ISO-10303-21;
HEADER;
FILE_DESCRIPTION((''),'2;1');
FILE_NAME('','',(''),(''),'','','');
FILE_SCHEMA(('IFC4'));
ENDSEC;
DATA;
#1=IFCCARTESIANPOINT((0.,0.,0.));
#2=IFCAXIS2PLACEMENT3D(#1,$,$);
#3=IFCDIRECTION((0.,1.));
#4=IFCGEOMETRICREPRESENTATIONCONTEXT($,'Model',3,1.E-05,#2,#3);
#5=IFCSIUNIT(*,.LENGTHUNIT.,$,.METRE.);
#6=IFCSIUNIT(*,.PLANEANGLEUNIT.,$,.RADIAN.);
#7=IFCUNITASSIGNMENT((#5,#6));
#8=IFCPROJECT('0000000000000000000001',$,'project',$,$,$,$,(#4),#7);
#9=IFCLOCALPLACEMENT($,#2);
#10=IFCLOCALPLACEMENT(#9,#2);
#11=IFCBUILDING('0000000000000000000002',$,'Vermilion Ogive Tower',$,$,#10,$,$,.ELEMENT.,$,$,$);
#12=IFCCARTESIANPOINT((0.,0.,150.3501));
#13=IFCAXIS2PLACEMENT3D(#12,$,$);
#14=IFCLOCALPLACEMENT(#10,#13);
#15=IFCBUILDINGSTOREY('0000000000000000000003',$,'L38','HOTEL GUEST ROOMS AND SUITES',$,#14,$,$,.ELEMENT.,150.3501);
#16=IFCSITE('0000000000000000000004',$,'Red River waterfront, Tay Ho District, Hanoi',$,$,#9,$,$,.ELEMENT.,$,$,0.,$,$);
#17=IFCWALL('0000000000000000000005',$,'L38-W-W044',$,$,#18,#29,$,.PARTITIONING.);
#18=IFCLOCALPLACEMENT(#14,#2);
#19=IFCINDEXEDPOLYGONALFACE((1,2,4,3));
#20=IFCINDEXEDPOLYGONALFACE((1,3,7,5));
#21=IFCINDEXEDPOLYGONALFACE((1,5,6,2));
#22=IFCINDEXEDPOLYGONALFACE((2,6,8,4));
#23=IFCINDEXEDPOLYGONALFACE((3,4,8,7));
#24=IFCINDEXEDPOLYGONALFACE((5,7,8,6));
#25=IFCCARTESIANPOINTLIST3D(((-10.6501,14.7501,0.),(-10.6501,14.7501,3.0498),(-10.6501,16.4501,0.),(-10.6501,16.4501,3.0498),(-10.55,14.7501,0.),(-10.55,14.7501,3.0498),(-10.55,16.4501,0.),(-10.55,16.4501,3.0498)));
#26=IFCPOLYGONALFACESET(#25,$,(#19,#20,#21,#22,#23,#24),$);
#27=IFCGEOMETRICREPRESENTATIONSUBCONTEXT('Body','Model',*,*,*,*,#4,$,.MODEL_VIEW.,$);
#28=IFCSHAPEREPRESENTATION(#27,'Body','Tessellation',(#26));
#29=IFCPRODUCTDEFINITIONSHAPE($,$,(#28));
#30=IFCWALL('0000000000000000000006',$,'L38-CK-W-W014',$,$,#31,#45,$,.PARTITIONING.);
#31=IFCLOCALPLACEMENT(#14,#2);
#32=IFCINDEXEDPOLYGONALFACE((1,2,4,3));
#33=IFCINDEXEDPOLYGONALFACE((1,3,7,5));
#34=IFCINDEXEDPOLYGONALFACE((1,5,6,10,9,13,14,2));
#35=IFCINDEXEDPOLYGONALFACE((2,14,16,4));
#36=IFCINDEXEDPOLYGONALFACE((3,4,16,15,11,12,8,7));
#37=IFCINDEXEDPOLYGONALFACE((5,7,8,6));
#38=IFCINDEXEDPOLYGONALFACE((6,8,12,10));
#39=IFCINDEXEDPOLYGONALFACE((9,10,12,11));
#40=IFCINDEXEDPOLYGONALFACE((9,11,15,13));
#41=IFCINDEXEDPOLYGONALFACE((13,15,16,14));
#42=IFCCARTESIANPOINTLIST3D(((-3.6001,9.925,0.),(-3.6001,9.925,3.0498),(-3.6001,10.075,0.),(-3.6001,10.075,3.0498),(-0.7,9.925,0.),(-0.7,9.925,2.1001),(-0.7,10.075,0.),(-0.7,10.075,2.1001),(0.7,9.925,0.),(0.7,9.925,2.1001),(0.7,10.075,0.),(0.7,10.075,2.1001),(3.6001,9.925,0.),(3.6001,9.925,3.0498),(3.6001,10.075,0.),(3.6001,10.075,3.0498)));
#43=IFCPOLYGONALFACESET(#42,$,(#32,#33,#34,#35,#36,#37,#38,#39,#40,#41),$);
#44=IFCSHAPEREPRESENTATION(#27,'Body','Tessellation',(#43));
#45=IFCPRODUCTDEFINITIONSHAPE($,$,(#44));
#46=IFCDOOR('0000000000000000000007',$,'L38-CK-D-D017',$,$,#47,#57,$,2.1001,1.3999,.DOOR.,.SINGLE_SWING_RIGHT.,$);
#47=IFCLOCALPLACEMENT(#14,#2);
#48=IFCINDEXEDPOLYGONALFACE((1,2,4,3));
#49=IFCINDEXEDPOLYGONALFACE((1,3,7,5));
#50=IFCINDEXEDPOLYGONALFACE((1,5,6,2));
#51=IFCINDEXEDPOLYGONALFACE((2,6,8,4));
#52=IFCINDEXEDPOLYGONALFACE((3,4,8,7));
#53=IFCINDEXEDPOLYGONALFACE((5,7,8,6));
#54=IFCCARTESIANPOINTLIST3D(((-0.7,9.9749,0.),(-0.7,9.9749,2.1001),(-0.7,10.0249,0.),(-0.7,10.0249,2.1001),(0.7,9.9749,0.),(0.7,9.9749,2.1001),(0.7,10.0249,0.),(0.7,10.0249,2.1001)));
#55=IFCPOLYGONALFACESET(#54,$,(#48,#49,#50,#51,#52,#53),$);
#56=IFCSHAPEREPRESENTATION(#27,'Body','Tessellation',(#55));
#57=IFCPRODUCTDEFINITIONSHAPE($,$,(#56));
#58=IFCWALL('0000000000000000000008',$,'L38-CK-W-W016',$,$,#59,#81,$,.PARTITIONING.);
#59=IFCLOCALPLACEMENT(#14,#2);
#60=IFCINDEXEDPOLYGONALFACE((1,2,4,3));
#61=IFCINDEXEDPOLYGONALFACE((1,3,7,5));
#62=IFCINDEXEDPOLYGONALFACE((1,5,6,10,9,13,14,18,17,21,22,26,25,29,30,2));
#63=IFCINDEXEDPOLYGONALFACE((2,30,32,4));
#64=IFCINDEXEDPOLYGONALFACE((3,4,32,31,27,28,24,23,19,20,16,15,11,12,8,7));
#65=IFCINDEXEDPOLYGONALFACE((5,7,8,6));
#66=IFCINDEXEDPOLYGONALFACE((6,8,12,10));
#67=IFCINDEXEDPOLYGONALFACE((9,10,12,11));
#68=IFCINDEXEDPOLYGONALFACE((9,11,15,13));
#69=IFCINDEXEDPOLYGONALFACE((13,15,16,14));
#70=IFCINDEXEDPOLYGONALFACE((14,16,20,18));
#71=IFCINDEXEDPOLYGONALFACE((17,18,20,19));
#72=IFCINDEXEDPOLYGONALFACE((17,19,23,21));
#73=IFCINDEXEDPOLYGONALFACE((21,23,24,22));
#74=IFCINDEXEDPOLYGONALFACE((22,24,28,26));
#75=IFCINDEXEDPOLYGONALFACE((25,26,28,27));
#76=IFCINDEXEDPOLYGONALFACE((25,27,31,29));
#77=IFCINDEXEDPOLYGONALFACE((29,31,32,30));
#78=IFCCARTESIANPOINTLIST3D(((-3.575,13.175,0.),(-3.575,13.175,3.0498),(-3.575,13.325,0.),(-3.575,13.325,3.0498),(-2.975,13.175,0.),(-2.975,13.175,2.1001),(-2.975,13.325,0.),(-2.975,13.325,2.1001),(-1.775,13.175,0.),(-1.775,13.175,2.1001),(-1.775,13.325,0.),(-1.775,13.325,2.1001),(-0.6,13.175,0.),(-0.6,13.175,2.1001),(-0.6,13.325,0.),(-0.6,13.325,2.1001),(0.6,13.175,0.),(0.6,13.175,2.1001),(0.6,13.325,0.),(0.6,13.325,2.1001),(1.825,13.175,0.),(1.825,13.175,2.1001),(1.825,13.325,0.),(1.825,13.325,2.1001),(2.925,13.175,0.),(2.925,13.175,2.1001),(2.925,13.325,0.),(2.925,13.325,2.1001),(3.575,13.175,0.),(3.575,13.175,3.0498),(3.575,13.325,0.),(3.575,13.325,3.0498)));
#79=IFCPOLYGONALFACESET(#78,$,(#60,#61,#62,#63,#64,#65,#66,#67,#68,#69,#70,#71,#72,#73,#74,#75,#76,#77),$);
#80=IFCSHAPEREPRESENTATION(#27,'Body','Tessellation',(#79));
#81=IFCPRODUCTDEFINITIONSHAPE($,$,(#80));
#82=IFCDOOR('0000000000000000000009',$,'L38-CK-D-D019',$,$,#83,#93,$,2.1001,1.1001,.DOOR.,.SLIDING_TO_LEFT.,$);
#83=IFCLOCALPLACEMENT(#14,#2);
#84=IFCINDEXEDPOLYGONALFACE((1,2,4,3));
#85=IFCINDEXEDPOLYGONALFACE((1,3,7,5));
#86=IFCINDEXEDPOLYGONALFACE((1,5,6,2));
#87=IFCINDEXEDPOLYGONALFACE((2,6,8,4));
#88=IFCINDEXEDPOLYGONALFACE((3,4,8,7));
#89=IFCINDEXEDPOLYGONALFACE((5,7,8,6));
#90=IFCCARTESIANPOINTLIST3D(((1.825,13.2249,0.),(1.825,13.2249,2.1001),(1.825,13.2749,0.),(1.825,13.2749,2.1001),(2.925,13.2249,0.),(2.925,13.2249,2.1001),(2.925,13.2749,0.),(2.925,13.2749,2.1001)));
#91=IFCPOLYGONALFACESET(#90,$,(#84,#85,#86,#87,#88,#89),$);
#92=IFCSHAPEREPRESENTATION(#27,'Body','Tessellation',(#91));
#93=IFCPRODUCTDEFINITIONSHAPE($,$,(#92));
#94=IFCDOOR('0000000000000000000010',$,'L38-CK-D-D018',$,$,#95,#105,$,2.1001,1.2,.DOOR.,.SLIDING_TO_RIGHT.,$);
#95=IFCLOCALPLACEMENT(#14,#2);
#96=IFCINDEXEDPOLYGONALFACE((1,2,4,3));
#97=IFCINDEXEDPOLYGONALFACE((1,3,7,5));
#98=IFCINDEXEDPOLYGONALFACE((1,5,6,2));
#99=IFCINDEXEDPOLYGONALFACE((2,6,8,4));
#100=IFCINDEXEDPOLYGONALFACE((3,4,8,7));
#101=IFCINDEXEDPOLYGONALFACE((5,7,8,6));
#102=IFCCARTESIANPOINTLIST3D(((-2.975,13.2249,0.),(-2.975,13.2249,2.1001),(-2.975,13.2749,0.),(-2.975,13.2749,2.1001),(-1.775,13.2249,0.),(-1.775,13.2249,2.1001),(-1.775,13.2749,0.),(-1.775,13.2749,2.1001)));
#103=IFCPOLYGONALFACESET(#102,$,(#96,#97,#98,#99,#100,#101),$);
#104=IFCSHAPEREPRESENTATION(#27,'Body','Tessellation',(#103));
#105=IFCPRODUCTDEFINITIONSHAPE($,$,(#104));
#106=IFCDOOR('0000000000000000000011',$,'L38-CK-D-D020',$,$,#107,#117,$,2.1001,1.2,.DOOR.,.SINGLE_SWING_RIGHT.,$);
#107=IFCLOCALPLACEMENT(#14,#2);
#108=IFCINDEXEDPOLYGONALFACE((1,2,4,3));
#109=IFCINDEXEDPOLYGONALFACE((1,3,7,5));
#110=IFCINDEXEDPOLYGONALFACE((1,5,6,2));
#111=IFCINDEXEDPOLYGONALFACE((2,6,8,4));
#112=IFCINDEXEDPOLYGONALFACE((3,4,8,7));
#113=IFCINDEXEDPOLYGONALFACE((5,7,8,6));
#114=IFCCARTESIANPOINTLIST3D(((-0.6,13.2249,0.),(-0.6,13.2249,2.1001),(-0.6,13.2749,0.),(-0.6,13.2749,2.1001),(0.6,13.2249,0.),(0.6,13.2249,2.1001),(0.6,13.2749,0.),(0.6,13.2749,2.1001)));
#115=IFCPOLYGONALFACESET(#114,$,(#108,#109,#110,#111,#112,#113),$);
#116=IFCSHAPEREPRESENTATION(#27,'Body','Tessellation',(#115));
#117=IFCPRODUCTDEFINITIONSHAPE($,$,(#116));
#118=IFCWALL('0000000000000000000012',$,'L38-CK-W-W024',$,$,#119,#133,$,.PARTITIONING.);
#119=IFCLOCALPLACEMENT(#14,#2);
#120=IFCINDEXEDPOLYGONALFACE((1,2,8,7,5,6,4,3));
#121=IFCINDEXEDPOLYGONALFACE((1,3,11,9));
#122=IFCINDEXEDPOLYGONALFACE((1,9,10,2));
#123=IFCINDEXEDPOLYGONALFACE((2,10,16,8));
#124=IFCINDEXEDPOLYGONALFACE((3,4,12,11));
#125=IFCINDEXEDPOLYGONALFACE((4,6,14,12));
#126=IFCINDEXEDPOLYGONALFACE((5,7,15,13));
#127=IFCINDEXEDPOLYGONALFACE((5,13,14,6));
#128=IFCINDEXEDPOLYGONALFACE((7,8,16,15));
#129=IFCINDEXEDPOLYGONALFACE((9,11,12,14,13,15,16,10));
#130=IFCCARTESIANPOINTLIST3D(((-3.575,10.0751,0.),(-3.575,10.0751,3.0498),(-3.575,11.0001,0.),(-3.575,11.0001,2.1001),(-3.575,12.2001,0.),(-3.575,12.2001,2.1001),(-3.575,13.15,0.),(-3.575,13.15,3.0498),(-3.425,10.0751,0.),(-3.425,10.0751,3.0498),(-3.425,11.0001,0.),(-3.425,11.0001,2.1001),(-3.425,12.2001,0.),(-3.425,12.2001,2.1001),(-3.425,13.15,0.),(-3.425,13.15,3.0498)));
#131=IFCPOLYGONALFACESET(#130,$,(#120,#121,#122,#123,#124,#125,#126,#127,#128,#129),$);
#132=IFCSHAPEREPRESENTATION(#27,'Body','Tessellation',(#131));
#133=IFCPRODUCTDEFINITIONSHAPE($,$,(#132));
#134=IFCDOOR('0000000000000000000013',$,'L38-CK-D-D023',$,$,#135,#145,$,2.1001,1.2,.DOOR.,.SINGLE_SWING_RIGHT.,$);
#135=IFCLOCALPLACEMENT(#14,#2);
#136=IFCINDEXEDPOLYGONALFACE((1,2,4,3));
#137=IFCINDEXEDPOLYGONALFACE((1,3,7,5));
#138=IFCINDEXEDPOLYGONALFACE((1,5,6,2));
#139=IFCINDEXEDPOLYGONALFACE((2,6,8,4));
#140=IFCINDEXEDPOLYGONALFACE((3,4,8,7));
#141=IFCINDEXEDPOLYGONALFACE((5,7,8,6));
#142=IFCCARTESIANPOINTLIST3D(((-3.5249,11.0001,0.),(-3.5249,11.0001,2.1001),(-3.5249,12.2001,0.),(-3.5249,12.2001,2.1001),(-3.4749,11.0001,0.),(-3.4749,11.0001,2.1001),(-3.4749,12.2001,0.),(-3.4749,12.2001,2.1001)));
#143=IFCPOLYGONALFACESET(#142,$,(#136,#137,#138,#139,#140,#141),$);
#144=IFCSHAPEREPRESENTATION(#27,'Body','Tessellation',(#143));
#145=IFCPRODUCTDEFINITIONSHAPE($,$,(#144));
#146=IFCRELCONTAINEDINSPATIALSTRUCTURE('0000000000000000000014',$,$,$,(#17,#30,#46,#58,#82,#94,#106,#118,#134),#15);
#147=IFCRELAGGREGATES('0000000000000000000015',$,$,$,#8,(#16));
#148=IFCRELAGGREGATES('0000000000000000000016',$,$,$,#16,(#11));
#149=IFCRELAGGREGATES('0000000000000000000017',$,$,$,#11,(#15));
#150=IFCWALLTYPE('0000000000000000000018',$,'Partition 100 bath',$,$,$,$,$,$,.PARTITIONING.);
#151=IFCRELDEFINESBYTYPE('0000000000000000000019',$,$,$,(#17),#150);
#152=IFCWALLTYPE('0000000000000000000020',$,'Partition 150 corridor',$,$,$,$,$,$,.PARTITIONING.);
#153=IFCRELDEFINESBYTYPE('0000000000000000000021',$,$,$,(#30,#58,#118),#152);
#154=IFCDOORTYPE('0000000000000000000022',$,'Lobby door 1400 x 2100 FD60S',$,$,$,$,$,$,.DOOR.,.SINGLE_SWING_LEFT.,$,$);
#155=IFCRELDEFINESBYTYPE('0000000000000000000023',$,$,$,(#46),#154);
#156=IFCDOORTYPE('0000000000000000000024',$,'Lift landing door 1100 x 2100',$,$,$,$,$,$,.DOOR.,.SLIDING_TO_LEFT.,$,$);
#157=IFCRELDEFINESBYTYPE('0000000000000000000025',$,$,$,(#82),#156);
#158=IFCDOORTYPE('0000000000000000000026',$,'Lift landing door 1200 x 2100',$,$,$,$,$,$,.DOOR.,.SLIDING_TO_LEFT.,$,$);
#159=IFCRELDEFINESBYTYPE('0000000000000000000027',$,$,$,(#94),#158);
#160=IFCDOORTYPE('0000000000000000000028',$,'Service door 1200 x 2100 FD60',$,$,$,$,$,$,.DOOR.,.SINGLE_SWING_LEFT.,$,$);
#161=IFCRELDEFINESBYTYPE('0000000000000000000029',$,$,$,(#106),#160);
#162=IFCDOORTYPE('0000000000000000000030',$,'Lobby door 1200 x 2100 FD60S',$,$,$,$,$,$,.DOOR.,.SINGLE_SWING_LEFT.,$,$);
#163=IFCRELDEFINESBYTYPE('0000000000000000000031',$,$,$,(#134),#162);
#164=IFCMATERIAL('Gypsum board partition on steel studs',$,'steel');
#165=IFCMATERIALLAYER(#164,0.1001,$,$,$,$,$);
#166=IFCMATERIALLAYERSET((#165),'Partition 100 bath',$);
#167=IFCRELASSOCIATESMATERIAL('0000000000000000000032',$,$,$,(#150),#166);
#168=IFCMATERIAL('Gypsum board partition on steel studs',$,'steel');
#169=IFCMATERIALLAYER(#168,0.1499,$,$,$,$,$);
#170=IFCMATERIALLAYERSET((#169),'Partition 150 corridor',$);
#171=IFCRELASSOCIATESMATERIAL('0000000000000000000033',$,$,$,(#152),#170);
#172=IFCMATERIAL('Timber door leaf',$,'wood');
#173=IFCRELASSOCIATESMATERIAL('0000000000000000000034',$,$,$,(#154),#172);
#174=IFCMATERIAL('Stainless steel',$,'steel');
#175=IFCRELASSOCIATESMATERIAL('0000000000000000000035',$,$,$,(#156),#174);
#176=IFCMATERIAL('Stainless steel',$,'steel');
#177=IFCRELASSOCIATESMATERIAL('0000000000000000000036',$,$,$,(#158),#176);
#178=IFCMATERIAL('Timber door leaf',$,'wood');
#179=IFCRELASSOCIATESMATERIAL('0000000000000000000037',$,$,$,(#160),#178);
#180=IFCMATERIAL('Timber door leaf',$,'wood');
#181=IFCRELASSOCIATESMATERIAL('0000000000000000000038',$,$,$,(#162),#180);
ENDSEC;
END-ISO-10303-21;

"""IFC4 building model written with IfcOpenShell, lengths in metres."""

from ifc_helpers import new_model, si_unit, direction, frame, frame_2d, origin, place, context, subcontext, project, spatial, rectangle, extrude, material, layer, layer_set, type_object, element, fill, save


model = new_model("IFC4")

# Units and contexts
model_context = context("Model", 3, precision=1e-05, world=origin(), true_north=direction((0.0, 1.0)))
body_context = subcontext(model_context, "Body", "Model", "MODEL_VIEW")
ifc_project = project(units=[si_unit("LENGTHUNIT", "METRE"), si_unit("PLANEANGLEUNIT", "RADIAN")], contexts=[model_context])

# Site, building, storey
site_placement = place(None, origin())
site = spatial("IfcSite", under=ifc_project, at=site_placement, Name="Red River waterfront, Tay Ho District, Hanoi", CompositionType="ELEMENT", RefElevation=0.0)
building_placement = place(site_placement, origin())
building = spatial("IfcBuilding", under=site, at=building_placement, Name="Vermilion Ogive Tower", CompositionType="ELEMENT")
storey_placement = place(building_placement, frame((0.0, 0.0, 150.3501)))
storey = spatial("IfcBuildingStorey", under=building, at=storey_placement, Name="L38", Description="HOTEL GUEST ROOMS AND SUITES", CompositionType="ELEMENT", Elevation=150.3501)

# Wall
ifc_material_1 = material(Name="Gypsum board partition on steel studs", Category="steel")
ifc_layer_1 = layer(ifc_material_1, 0.1001)
ifc_layer_set_1 = layer_set([ifc_layer_1], Name="Partition 100 bath")
wall_type_1 = type_object("IfcWallType", Name="Partition 100 bath", PredefinedType="PARTITIONING", material=ifc_layer_set_1)
wall_1_placement = place(storey_placement, frame((-10.6001, 14.75, 0.0), z_axis=(0.0, 0.0, 1.0), x_axis=(0.0, 1.0, 0.0)))
element("IfcWall", 1, at=wall_1_placement, inside=storey, type_object=wall_type_1, Name="L38-W-W044", PredefinedType="PARTITIONING", context=body_context, shape_type="SweptSolid", body=[
    extrude(rectangle(XDim=1.7, YDim=0.1001, at=frame_2d((0.8501, 0.0))), origin(), (0.0, 0.0, 1.0), 3.0498),
])

# Wall, opening, door
ifc_material_2 = material(Name="Gypsum board partition on steel studs", Category="steel")
ifc_layer_2 = layer(ifc_material_2, 0.1499)
ifc_layer_set_2 = layer_set([ifc_layer_2], Name="Partition 150 corridor")
wall_type_2 = type_object("IfcWallType", Name="Partition 150 corridor", PredefinedType="PARTITIONING", material=ifc_layer_set_2)
wall_2_placement = place(storey_placement, frame((-3.6001, 10.0, 0.0), z_axis=(0.0, 0.0, 1.0), x_axis=(1.0, 0.0, 0.0)))
wall_2 = element("IfcWall", 2, at=wall_2_placement, inside=storey, type_object=wall_type_2, Name="L38-CK-W-W014", PredefinedType="PARTITIONING", context=body_context, shape_type="SweptSolid", body=[
    extrude(rectangle(XDim=7.2002, YDim=0.1499, at=frame_2d((3.6001, 0.0))), origin(), (0.0, 0.0, 1.0), 3.0498),
])
opening_1_placement = place(wall_2_placement, frame((2.9001, 0.0, 0.0)))
opening_1 = element("IfcOpeningElement", 3, at=opening_1_placement, cuts=wall_2, PredefinedType="OPENING", context=body_context, shape_type="SweptSolid", body=[
    extrude(rectangle(XDim=1.3999, YDim=2.1001, at=frame_2d((0.7, 1.05))), frame((0.0, 0.085, 0.0), z_axis=(0.0, -1.0, 0.0), x_axis=(1.0, 0.0, 0.0)), (0.0, 0.0, 1.0), 0.1699),
])
ifc_material_3 = material(Name="Timber door leaf", Category="wood")
door_type_1 = type_object("IfcDoorType", Name="Lobby door 1400 x 2100 FD60S", OperationType="SINGLE_SWING_LEFT", PredefinedType="DOOR", material=ifc_material_3)
door_1_placement = place(opening_1_placement, origin())
door_1 = element("IfcDoor", 4, at=door_1_placement, inside=storey, type_object=door_type_1, Name="L38-CK-D-D017", OperationType="SINGLE_SWING_RIGHT", OverallHeight=2.1001, OverallWidth=1.3999, PredefinedType="DOOR", context=body_context, shape_type="SweptSolid", body=[
    extrude(rectangle(XDim=1.3999, YDim=2.1001, at=frame_2d((0.7, 1.05))), frame((0.0, 0.0249, 0.0), z_axis=(0.0, -1.0, 0.0), x_axis=(1.0, 0.0, 0.0)), (0.0, 0.0, 1.0), 0.05),
])
fill(opening_1, door_1)

# Wall, openings, doors
wall_3_placement = place(storey_placement, frame((-3.575, 13.25, 0.0), z_axis=(0.0, 0.0, 1.0), x_axis=(1.0, 0.0, 0.0)))
wall_3 = element("IfcWall", 5, at=wall_3_placement, inside=storey, type_object=wall_type_2, Name="L38-CK-W-W016", PredefinedType="PARTITIONING", context=body_context, shape_type="SweptSolid", body=[
    extrude(rectangle(XDim=7.1499, YDim=0.1499, at=frame_2d((3.575, 0.0))), origin(), (0.0, 0.0, 1.0), 3.0498),
])
opening_2_placement = place(wall_3_placement, frame((0.5999, 0.0, 0.0)))
opening_2 = element("IfcOpeningElement", 6, at=opening_2_placement, cuts=wall_3, PredefinedType="OPENING", context=body_context, shape_type="SweptSolid", body=[
    extrude(rectangle(XDim=1.2, YDim=2.1001, at=frame_2d((0.6001, 1.05))), frame((0.0, 0.085, 0.0), z_axis=(0.0, -1.0, 0.0), x_axis=(1.0, 0.0, 0.0)), (0.0, 0.0, 1.0), 0.1699),
])
opening_3_placement = place(wall_3_placement, frame((5.3999, 0.0, 0.0)))
opening_3 = element("IfcOpeningElement", 7, at=opening_3_placement, cuts=wall_3, PredefinedType="OPENING", context=body_context, shape_type="SweptSolid", body=[
    extrude(rectangle(XDim=1.1001, YDim=2.1001, at=frame_2d((0.55, 1.05))), frame((0.0, 0.085, 0.0), z_axis=(0.0, -1.0, 0.0), x_axis=(1.0, 0.0, 0.0)), (0.0, 0.0, 1.0), 0.1699),
])
opening_4_placement = place(wall_3_placement, frame((2.9749, 0.0, 0.0)))
opening_4 = element("IfcOpeningElement", 8, at=opening_4_placement, cuts=wall_3, PredefinedType="OPENING", context=body_context, shape_type="SweptSolid", body=[
    extrude(rectangle(XDim=1.2, YDim=2.1001, at=frame_2d((0.6001, 1.05))), frame((0.0, 0.085, 0.0), z_axis=(0.0, -1.0, 0.0), x_axis=(1.0, 0.0, 0.0)), (0.0, 0.0, 1.0), 0.1699),
])
ifc_material_4 = material(Name="Stainless steel", Category="steel")
door_type_2 = type_object("IfcDoorType", Name="Lift landing door 1100 x 2100", OperationType="SLIDING_TO_LEFT", PredefinedType="DOOR", material=ifc_material_4)
door_2_placement = place(opening_3_placement, origin())
door_2 = element("IfcDoor", 9, at=door_2_placement, inside=storey, type_object=door_type_2, Name="L38-CK-D-D019", OperationType="SLIDING_TO_LEFT", OverallHeight=2.1001, OverallWidth=1.1001, PredefinedType="DOOR", context=body_context, shape_type="SweptSolid", body=[
    extrude(rectangle(XDim=1.1001, YDim=2.1001, at=frame_2d((0.55, 1.05))), frame((0.0, 0.0249, 0.0), z_axis=(0.0, -1.0, 0.0), x_axis=(1.0, 0.0, 0.0)), (0.0, 0.0, 1.0), 0.05),
])
fill(opening_3, door_2)
ifc_material_5 = material(Name="Stainless steel", Category="steel")
door_type_3 = type_object("IfcDoorType", Name="Lift landing door 1200 x 2100", OperationType="SLIDING_TO_LEFT", PredefinedType="DOOR", material=ifc_material_5)
door_3_placement = place(opening_2_placement, origin())
door_3 = element("IfcDoor", 10, at=door_3_placement, inside=storey, type_object=door_type_3, Name="L38-CK-D-D018", OperationType="SLIDING_TO_RIGHT", OverallHeight=2.1001, OverallWidth=1.2, PredefinedType="DOOR", context=body_context, shape_type="SweptSolid", body=[
    extrude(rectangle(XDim=1.2, YDim=2.1001, at=frame_2d((0.6001, 1.05))), frame((0.0, 0.0249, 0.0), z_axis=(0.0, -1.0, 0.0), x_axis=(1.0, 0.0, 0.0)), (0.0, 0.0, 1.0), 0.05),
])
fill(opening_2, door_3)
ifc_material_6 = material(Name="Timber door leaf", Category="wood")
door_type_4 = type_object("IfcDoorType", Name="Service door 1200 x 2100 FD60", OperationType="SINGLE_SWING_LEFT", PredefinedType="DOOR", material=ifc_material_6)
door_4_placement = place(opening_4_placement, origin())
door_4 = element("IfcDoor", 11, at=door_4_placement, inside=storey, type_object=door_type_4, Name="L38-CK-D-D020", OperationType="SINGLE_SWING_RIGHT", OverallHeight=2.1001, OverallWidth=1.2, PredefinedType="DOOR", context=body_context, shape_type="SweptSolid", body=[
    extrude(rectangle(XDim=1.2, YDim=2.1001, at=frame_2d((0.6001, 1.05))), frame((0.0, 0.0249, 0.0), z_axis=(0.0, -1.0, 0.0), x_axis=(1.0, 0.0, 0.0)), (0.0, 0.0, 1.0), 0.05),
])
fill(opening_4, door_4)

# Wall, opening, door
wall_4_placement = place(storey_placement, frame((-3.5, 10.075, 0.0), z_axis=(0.0, 0.0, 1.0), x_axis=(0.0, 1.0, 0.0)))
wall_4 = element("IfcWall", 12, at=wall_4_placement, inside=storey, type_object=wall_type_2, Name="L38-CK-W-W024", PredefinedType="PARTITIONING", context=body_context, shape_type="SweptSolid", body=[
    extrude(rectangle(XDim=3.075, YDim=0.1499, at=frame_2d((1.5376, 0.0))), origin(), (0.0, 0.0, 1.0), 3.0498),
])
opening_5_placement = place(wall_4_placement, frame((0.925, 0.0, 0.0)))
opening_5 = element("IfcOpeningElement", 13, at=opening_5_placement, cuts=wall_4, PredefinedType="OPENING", context=body_context, shape_type="SweptSolid", body=[
    extrude(rectangle(XDim=1.2, YDim=2.1001, at=frame_2d((0.6001, 1.05))), frame((0.0, 0.085, 0.0), z_axis=(0.0, -1.0, 0.0), x_axis=(1.0, 0.0, 0.0)), (0.0, 0.0, 1.0), 0.1699),
])
ifc_material_7 = material(Name="Timber door leaf", Category="wood")
door_type_5 = type_object("IfcDoorType", Name="Lobby door 1200 x 2100 FD60S", OperationType="SINGLE_SWING_LEFT", PredefinedType="DOOR", material=ifc_material_7)
door_5_placement = place(opening_5_placement, origin())
door_5 = element("IfcDoor", 14, at=door_5_placement, inside=storey, type_object=door_type_5, Name="L38-CK-D-D023", OperationType="SINGLE_SWING_RIGHT", OverallHeight=2.1001, OverallWidth=1.2, PredefinedType="DOOR", context=body_context, shape_type="SweptSolid", body=[
    extrude(rectangle(XDim=1.2, YDim=2.1001, at=frame_2d((0.6001, 1.05))), frame((0.0, 0.0249, 0.0), z_axis=(0.0, -1.0, 0.0), x_axis=(1.0, 0.0, 0.0)), (0.0, 0.0, 1.0), 0.05),
])
fill(opening_5, door_5)

save(model, "model.ifc")
